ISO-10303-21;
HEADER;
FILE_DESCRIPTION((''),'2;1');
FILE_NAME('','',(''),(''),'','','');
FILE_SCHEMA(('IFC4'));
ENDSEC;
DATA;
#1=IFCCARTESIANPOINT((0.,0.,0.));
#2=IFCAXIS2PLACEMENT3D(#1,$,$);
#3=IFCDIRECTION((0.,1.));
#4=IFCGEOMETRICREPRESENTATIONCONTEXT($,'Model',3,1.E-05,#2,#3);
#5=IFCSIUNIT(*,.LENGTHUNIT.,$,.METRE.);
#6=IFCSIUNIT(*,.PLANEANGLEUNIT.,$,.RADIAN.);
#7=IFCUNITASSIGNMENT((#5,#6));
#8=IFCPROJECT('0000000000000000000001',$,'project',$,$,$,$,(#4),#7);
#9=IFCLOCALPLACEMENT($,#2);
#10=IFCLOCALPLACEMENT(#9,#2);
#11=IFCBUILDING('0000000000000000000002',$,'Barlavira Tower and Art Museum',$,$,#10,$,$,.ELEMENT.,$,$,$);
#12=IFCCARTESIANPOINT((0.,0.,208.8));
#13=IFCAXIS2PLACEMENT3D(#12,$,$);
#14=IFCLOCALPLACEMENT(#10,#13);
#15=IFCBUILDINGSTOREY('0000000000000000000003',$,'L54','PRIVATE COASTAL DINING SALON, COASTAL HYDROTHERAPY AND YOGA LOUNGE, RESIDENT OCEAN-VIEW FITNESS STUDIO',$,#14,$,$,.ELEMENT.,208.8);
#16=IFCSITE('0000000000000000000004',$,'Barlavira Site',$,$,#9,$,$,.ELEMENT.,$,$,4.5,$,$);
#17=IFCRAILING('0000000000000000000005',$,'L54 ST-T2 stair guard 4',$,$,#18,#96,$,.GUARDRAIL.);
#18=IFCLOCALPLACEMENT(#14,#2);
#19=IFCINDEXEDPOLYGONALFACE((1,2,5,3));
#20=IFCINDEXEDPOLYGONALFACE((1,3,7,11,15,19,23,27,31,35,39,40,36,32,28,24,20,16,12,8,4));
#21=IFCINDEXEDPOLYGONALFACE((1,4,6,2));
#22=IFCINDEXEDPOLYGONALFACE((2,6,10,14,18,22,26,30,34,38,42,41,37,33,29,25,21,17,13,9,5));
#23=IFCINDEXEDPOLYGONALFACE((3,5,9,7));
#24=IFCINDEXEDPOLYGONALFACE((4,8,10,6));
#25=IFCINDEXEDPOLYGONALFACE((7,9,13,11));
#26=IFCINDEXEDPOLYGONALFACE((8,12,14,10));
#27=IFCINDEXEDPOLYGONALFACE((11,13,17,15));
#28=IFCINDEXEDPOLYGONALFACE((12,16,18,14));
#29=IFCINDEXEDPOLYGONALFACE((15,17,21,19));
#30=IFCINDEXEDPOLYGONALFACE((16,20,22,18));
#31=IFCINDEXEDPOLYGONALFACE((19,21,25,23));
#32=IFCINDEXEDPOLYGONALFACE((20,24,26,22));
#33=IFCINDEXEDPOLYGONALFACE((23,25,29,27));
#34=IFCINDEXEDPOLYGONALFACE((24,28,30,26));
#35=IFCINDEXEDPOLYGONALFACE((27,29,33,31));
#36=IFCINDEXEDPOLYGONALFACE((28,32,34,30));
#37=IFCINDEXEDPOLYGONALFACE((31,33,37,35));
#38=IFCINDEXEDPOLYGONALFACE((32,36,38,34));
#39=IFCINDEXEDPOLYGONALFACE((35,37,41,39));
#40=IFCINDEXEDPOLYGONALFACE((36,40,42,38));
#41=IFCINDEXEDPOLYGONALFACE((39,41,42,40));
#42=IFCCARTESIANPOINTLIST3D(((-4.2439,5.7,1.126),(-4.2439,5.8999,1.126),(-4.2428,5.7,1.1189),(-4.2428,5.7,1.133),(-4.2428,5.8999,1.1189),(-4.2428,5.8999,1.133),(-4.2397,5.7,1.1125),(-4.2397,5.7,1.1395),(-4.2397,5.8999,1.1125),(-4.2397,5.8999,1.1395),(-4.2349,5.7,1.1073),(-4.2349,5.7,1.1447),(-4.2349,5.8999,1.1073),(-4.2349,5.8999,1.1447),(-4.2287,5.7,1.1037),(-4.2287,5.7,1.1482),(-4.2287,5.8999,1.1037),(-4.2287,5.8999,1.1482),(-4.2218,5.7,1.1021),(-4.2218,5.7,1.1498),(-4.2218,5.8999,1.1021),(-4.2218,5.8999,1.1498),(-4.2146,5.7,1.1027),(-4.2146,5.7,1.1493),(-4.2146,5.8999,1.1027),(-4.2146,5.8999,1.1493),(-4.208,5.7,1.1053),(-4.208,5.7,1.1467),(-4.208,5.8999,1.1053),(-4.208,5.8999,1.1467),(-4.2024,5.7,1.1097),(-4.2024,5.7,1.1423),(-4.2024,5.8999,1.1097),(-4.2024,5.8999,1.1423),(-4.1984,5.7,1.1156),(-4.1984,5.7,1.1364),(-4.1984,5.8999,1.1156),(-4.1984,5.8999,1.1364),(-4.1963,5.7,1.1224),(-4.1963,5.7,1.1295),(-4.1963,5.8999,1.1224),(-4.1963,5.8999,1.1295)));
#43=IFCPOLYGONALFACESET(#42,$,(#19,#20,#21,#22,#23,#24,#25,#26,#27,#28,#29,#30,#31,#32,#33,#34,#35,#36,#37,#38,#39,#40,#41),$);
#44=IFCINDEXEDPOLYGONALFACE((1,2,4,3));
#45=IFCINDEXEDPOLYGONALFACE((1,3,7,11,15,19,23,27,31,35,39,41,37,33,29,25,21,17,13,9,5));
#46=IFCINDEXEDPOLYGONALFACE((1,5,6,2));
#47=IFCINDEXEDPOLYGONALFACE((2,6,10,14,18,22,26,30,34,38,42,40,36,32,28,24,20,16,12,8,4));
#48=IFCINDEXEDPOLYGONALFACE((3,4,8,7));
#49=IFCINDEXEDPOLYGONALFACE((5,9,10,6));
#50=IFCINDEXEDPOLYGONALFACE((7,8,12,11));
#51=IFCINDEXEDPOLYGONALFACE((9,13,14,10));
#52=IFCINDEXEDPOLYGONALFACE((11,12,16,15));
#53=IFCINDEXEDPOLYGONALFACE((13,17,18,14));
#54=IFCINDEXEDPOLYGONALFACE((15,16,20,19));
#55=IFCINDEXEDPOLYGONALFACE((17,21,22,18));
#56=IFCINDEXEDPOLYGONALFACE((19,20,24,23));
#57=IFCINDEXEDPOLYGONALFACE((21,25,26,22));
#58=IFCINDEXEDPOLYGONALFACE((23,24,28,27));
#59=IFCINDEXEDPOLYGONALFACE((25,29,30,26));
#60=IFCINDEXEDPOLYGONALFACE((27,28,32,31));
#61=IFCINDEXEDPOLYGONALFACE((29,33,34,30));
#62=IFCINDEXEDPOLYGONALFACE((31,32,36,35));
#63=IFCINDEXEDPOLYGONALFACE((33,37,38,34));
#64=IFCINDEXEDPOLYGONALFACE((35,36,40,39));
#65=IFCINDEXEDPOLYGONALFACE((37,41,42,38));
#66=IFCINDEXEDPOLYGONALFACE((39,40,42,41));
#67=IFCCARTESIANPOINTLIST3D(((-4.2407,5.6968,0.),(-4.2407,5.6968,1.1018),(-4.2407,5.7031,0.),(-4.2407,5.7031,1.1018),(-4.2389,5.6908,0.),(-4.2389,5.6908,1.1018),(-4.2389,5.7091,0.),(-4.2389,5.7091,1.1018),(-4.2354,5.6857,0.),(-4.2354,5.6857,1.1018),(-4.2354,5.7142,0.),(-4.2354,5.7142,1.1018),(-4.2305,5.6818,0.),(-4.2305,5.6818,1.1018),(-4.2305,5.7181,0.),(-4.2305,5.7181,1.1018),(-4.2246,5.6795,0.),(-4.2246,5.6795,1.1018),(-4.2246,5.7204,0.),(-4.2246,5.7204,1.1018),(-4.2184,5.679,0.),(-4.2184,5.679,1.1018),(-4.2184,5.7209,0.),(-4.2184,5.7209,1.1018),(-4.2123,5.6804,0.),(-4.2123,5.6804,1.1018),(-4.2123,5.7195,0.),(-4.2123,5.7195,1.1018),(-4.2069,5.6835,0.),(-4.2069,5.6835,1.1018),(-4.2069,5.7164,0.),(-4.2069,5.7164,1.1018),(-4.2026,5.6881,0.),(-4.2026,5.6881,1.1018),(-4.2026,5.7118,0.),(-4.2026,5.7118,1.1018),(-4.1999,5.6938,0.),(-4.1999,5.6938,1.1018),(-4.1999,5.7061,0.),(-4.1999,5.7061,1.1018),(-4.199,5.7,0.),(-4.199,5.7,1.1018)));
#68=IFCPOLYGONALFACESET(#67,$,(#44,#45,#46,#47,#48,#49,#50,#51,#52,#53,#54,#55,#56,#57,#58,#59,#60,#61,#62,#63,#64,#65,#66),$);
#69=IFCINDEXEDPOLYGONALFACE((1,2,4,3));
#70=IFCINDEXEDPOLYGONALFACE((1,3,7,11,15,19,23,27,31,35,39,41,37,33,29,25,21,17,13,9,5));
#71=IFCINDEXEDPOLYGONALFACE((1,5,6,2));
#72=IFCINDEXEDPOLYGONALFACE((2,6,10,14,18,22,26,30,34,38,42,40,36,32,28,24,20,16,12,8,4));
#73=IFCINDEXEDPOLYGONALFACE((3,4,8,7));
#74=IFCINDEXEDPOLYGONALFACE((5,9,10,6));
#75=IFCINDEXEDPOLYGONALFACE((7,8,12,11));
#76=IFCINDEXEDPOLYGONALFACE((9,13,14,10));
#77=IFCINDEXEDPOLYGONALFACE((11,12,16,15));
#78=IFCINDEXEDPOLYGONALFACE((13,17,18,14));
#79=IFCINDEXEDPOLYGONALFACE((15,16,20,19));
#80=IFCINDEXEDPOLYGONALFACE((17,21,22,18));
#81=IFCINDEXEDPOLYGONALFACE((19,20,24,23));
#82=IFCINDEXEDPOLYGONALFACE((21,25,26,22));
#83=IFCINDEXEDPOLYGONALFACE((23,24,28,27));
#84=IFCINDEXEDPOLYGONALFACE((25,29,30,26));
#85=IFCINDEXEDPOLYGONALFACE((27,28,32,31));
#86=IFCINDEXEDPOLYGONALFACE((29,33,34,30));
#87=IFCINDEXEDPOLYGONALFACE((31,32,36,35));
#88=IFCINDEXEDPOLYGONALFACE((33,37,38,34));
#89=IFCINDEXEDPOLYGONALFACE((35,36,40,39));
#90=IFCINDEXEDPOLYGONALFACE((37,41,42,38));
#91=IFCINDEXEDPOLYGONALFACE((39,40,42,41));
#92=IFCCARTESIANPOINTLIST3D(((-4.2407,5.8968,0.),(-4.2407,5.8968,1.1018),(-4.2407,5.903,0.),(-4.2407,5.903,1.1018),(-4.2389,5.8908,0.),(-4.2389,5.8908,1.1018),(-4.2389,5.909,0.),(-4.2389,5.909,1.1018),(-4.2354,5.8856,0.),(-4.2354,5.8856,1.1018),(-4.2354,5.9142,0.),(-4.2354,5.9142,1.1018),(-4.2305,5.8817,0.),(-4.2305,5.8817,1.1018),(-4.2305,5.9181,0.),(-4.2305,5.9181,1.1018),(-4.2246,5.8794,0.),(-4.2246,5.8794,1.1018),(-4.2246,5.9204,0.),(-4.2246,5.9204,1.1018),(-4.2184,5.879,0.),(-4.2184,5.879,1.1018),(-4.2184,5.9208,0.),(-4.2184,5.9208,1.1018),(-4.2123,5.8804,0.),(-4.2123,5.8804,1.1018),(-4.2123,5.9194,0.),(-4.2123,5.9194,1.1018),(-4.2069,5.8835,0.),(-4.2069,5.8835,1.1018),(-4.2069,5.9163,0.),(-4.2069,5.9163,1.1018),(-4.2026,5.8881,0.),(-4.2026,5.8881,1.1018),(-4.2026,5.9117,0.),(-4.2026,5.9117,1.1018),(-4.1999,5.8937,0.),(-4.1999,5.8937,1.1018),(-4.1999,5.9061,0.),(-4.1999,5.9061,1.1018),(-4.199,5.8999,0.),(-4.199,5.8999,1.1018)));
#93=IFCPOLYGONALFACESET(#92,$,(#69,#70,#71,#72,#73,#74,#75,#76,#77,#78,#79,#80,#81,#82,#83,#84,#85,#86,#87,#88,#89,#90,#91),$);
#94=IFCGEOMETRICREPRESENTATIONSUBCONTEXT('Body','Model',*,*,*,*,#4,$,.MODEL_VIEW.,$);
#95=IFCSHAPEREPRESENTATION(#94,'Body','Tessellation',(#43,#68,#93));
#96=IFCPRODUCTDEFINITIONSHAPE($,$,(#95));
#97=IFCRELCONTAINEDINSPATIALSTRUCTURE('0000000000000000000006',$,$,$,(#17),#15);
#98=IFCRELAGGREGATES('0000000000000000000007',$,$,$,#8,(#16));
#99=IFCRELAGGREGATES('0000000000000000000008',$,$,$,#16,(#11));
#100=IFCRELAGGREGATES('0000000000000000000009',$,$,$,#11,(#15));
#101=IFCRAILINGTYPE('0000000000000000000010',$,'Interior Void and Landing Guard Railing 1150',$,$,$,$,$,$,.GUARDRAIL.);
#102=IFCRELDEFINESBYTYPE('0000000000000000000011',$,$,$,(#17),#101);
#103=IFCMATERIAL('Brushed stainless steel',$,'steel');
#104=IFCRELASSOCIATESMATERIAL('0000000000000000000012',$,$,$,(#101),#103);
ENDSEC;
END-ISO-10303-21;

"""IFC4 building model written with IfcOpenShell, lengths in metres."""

from ifc_helpers import new_model, si_unit, direction, frame, origin, origin_2d, place, context, subcontext, project, spatial, circle, extrude, material, type_object, element, save


model = new_model("IFC4")

# Units and contexts
model_context = context("Model", 3, precision=1e-05, world=origin(), true_north=direction((0.0, 1.0)))
body_context = subcontext(model_context, "Body", "Model", "MODEL_VIEW")
ifc_project = project(units=[si_unit("LENGTHUNIT", "METRE"), si_unit("PLANEANGLEUNIT", "RADIAN")], contexts=[model_context])

# Site, building, storey
site_placement = place(None, origin())
site = spatial("IfcSite", under=ifc_project, at=site_placement, Name="Barlavira Site", CompositionType="ELEMENT", RefElevation=4.5)
building_placement = place(site_placement, origin())
building = spatial("IfcBuilding", under=site, at=building_placement, Name="Barlavira Tower and Art Museum", CompositionType="ELEMENT")
storey_placement = place(building_placement, frame((0.0, 0.0, 208.8)))
storey = spatial("IfcBuildingStorey", under=building, at=storey_placement, Name="L54", Description="PRIVATE COASTAL DINING SALON, COASTAL HYDROTHERAPY AND YOGA LOUNGE, RESIDENT OCEAN-VIEW FITNESS STUDIO", CompositionType="ELEMENT", Elevation=208.8)

# Shared definitions
ifc_material_1 = material(Name="Brushed stainless steel", Category="steel")

# Railing
railing_type_1 = type_object("IfcRailingType", Name="Interior Void and Landing Guard Railing 1150", PredefinedType="GUARDRAIL", material=ifc_material_1)
railing_1_placement = place(storey_placement, frame((-4.22, 5.7, 0.0)))
element("IfcRailing", 1, at=railing_1_placement, inside=storey, type_object=railing_type_1, Name="L54 ST-T2 stair guard 4", PredefinedType="GUARDRAIL", context=body_context, shape_type="SweptSolid", body=[
    extrude(circle(Radius=0.0239, at=origin_2d()), frame((0.0, 0.0, 1.126), z_axis=(0.0, 1.0, 0.0), x_axis=(-1.0, 0.0, 0.0)), (0.0, 0.0, 1.0), 0.2),
    extrude(circle(Radius=0.021, at=origin_2d()), origin(), (0.0, 0.0, 1.0), 1.1018),
    extrude(circle(Radius=0.021, at=origin_2d()), frame((0.0, 0.2, 0.0)), (0.0, 0.0, 1.0), 1.1018),
])

save(model, "model.ifc")
